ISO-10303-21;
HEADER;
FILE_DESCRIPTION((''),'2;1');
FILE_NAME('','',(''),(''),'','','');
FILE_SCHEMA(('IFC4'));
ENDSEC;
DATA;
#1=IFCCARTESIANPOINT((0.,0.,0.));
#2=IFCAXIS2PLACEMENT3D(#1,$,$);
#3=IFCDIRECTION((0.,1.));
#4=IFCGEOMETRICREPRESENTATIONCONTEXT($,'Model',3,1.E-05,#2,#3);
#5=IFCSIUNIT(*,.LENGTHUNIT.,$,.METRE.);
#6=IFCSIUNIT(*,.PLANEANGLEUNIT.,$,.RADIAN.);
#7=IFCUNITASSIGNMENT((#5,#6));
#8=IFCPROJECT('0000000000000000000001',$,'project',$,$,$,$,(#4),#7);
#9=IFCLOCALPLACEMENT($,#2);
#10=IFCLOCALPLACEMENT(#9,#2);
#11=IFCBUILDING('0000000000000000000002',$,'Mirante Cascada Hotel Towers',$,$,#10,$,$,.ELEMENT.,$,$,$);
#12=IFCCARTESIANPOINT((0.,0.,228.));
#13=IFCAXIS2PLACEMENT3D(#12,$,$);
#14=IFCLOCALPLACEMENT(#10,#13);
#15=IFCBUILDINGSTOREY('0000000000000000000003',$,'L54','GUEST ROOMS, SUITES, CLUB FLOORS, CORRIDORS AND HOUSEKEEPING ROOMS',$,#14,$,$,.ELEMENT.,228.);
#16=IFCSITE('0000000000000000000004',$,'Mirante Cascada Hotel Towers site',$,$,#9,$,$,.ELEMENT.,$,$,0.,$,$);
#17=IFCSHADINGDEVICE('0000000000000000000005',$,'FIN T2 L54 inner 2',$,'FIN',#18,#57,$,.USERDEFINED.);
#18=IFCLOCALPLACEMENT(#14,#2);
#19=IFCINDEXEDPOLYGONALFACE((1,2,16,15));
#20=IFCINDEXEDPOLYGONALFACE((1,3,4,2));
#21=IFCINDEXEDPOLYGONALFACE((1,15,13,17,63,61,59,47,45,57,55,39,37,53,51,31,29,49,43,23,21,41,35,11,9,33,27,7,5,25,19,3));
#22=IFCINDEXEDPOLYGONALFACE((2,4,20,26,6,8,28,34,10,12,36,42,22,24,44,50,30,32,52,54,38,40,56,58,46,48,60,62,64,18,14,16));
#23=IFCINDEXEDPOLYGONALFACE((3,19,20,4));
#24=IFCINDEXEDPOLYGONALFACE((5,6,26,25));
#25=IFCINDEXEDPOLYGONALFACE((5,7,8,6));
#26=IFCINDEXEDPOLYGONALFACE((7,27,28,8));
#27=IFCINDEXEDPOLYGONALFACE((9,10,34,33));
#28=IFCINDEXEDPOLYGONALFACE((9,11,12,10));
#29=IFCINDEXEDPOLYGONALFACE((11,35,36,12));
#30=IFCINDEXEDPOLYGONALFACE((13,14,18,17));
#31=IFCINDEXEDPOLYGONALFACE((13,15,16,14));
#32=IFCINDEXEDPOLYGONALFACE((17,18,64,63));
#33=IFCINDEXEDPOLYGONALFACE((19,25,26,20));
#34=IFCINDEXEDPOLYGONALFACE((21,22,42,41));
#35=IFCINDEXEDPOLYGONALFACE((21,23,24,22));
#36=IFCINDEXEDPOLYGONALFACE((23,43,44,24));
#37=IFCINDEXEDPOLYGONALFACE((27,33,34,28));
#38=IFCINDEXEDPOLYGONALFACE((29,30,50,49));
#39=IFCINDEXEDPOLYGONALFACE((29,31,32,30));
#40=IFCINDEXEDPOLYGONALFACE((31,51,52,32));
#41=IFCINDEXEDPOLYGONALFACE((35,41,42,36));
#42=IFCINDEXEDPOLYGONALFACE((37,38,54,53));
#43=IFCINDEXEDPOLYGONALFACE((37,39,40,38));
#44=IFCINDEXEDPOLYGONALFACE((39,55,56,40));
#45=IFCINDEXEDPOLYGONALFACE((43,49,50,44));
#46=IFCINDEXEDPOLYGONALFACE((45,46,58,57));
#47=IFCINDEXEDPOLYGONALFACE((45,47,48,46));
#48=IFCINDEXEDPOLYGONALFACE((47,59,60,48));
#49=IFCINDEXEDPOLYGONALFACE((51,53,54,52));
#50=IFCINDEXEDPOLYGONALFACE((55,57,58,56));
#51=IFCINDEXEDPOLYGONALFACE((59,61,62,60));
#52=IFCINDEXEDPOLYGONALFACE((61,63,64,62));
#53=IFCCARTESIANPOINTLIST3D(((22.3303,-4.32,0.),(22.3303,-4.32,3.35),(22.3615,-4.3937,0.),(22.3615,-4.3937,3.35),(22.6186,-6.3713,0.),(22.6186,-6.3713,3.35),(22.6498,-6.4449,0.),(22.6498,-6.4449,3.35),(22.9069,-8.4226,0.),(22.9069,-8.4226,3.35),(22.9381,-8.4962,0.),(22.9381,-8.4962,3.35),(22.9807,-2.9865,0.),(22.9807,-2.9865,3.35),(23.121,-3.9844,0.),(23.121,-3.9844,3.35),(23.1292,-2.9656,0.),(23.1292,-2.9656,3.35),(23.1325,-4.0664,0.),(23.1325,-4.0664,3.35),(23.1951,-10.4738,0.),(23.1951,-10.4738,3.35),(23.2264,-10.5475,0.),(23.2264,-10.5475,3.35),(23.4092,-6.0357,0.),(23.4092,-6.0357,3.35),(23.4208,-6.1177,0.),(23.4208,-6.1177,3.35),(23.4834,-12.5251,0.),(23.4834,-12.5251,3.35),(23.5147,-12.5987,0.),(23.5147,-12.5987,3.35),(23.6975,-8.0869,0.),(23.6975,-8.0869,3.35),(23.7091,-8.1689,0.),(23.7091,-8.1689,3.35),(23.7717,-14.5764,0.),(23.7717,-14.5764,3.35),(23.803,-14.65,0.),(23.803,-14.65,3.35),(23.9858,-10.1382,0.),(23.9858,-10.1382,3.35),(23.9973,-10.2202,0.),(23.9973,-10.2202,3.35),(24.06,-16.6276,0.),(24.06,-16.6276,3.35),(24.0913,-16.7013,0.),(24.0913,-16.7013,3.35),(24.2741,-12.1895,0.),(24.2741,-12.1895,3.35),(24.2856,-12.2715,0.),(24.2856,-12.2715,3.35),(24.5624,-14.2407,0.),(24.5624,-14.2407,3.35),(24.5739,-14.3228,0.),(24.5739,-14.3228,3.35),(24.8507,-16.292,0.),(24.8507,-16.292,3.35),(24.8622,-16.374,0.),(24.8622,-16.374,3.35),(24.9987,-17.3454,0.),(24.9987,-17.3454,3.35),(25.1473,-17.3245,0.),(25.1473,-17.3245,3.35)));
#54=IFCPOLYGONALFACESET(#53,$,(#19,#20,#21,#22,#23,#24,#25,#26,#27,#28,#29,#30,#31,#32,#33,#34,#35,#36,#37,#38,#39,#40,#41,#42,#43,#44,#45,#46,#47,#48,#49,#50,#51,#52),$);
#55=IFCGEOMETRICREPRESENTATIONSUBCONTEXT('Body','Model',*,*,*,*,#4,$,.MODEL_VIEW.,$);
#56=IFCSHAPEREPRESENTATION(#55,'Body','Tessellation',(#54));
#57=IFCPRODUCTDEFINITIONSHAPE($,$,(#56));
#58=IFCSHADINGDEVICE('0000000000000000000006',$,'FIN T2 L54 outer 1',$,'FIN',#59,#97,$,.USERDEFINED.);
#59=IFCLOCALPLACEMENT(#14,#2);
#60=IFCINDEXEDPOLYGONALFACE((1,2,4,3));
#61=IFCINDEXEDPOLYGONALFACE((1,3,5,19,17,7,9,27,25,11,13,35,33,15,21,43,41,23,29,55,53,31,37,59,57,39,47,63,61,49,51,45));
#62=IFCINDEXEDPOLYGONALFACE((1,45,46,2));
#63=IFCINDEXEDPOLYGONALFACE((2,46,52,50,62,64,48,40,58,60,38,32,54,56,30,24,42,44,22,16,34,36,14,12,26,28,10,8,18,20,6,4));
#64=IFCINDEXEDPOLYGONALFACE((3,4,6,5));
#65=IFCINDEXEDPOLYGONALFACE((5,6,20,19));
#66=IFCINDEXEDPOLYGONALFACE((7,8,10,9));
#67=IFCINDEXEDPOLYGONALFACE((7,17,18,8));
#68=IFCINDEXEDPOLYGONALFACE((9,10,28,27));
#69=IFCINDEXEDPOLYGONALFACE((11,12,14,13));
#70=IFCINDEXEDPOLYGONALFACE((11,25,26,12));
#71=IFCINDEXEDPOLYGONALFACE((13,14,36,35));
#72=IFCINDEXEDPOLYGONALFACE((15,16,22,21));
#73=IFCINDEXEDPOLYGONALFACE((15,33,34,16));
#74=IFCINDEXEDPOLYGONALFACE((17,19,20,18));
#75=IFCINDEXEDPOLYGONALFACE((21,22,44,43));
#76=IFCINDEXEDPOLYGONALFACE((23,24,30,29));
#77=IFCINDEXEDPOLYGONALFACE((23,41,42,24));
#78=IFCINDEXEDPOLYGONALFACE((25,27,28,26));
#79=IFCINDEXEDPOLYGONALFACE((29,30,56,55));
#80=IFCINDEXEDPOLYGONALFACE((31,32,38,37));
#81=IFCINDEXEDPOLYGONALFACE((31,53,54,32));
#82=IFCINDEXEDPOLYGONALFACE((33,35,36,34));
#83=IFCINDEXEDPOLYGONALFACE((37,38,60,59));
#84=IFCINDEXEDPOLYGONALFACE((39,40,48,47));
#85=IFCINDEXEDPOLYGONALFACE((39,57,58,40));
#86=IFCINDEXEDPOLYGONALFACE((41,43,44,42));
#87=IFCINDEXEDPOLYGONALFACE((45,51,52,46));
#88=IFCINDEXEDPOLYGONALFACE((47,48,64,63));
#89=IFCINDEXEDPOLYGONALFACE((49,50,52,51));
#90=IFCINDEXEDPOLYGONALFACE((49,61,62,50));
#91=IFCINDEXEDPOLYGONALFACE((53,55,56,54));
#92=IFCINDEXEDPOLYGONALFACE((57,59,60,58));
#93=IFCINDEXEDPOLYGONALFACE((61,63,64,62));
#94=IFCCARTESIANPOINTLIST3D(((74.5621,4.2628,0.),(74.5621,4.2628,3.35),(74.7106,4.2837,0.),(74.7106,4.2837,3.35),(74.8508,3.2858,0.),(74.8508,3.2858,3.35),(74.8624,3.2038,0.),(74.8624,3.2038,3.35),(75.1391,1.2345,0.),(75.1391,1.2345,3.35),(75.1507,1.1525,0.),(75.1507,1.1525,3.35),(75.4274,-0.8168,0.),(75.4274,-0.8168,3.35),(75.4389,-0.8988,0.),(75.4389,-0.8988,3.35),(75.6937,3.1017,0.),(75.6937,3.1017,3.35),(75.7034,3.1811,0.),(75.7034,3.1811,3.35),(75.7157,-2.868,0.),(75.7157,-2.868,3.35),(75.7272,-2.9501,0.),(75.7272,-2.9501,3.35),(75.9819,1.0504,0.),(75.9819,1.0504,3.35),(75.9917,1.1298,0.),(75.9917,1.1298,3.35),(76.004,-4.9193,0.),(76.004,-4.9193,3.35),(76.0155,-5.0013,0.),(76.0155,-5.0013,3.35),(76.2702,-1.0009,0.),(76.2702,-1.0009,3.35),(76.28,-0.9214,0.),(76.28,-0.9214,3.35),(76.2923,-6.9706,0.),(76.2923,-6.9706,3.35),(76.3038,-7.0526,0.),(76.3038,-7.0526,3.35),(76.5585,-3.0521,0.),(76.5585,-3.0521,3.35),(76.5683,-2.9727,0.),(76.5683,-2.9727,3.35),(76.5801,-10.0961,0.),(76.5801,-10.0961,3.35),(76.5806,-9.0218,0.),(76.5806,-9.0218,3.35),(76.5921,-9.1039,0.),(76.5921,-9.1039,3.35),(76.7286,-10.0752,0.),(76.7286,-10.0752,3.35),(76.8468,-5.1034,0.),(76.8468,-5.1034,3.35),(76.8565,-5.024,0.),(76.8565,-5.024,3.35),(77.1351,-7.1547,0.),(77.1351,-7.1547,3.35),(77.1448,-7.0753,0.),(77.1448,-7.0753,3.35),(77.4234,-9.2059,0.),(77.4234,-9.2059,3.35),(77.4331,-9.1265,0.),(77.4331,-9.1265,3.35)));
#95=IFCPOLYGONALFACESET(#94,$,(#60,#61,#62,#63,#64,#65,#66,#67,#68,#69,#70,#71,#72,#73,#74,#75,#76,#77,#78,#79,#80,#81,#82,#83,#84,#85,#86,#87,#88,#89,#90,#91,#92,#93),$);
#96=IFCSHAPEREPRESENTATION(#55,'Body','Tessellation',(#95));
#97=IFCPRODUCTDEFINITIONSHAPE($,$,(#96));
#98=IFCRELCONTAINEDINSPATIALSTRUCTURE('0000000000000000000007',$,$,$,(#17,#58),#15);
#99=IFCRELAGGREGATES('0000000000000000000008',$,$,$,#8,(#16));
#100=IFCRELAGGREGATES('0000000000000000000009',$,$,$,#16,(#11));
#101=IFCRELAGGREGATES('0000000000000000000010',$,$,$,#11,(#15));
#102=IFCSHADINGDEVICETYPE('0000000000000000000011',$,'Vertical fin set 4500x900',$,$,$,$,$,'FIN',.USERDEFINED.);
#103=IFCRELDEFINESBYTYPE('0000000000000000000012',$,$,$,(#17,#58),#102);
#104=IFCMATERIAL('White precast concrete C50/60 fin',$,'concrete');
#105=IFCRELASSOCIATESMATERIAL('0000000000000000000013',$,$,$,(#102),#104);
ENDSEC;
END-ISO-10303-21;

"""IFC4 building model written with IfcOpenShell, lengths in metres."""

from ifc_helpers import new_model, si_unit, direction, frame, origin, place, context, subcontext, project, spatial, polyline, outline, extrude, material, type_object, element, save


model = new_model("IFC4")

# Units and contexts
model_context = context("Model", 3, precision=1e-05, world=origin(), true_north=direction((0.0, 1.0)))
body_context = subcontext(model_context, "Body", "Model", "MODEL_VIEW")
ifc_project = project(units=[si_unit("LENGTHUNIT", "METRE"), si_unit("PLANEANGLEUNIT", "RADIAN")], contexts=[model_context])

# Site, building, storey
site_placement = place(None, origin())
site = spatial("IfcSite", under=ifc_project, at=site_placement, Name="Mirante Cascada Hotel Towers site", CompositionType="ELEMENT", RefElevation=0.0)
building_placement = place(site_placement, origin())
building = spatial("IfcBuilding", under=site, at=building_placement, Name="Mirante Cascada Hotel Towers", CompositionType="ELEMENT")
storey_placement = place(building_placement, frame((0.0, 0.0, 228.0)))
storey = spatial("IfcBuildingStorey", under=building, at=storey_placement, Name="L54", Description="GUEST ROOMS, SUITES, CLUB FLOORS, CORRIDORS AND HOUSEKEEPING ROOMS", CompositionType="ELEMENT", Elevation=228.0)

# Shading devices
ifc_material_1 = material(Name="White precast concrete C50/60 fin", Category="concrete")
shading_device_type = type_object("IfcShadingDeviceType", Name="Vertical fin set 4500x900", ElementType="FIN", PredefinedType="USERDEFINED", material=ifc_material_1)
shading_device_1_placement = place(storey_placement, origin())
element("IfcShadingDevice", 1, at=shading_device_1_placement, inside=storey, type_object=shading_device_type, Name="FIN T2 L54 inner 2", ObjectType="FIN", PredefinedType="USERDEFINED", context=body_context, shape_type="SweptSolid", body=[
    extrude(outline(polyline([(24.06, -16.6276), (24.8507, -16.292), (24.5739, -14.3228), (23.803, -14.65), (23.7717, -14.5764), (24.5624, -14.2407), (24.2856, -12.2715), (23.5147, -12.5987), (23.4834, -12.5251), (24.2741, -12.1895), (23.9973, -10.2202), (23.2264, -10.5475), (23.1951, -10.4738), (23.9858, -10.1382), (23.7091, -8.1689), (22.9381, -8.4962), (22.9069, -8.4226), (23.6975, -8.0869), (23.4208, -6.1177), (22.6498, -6.4449), (22.6186, -6.3713), (23.4092, -6.0357), (23.1325, -4.0664), (22.3615, -4.3937), (22.3303, -4.32), (23.121, -3.9844), (22.9807, -2.9865), (23.1292, -2.9656), (25.1473, -17.3245), (24.9987, -17.3454), (24.8622, -16.374), (24.0913, -16.7013), (24.06, -16.6276)])), origin(), (0.0, 0.0, 1.0), 3.35),
])
shading_device_2_placement = place(storey_placement, origin())
element("IfcShadingDevice", 2, at=shading_device_2_placement, inside=storey, type_object=shading_device_type, Name="FIN T2 L54 outer 1", ObjectType="FIN", PredefinedType="USERDEFINED", context=body_context, shape_type="SweptSolid", body=[
    extrude(outline(polyline([(77.4234, -9.2059), (76.5921, -9.1039), (76.7286, -10.0752), (76.5801, -10.0961), (74.5621, 4.2628), (74.7106, 4.2837), (74.8508, 3.2858), (75.7034, 3.1811), (75.6937, 3.1017), (74.8624, 3.2038), (75.1391, 1.2345), (75.9917, 1.1298), (75.9819, 1.0504), (75.1507, 1.1525), (75.4274, -0.8168), (76.28, -0.9214), (76.2702, -1.0009), (75.4389, -0.8988), (75.7157, -2.868), (76.5683, -2.9727), (76.5585, -3.0521), (75.7272, -2.9501), (76.004, -4.9193), (76.8565, -5.024), (76.8468, -5.1034), (76.0155, -5.0013), (76.2923, -6.9706), (77.1448, -7.0753), (77.1351, -7.1547), (76.3038, -7.0526), (76.5806, -9.0218), (77.4331, -9.1265), (77.4234, -9.2059)])), origin(), (0.0, 0.0, 1.0), 3.35),
])

save(model, "model.ifc")
